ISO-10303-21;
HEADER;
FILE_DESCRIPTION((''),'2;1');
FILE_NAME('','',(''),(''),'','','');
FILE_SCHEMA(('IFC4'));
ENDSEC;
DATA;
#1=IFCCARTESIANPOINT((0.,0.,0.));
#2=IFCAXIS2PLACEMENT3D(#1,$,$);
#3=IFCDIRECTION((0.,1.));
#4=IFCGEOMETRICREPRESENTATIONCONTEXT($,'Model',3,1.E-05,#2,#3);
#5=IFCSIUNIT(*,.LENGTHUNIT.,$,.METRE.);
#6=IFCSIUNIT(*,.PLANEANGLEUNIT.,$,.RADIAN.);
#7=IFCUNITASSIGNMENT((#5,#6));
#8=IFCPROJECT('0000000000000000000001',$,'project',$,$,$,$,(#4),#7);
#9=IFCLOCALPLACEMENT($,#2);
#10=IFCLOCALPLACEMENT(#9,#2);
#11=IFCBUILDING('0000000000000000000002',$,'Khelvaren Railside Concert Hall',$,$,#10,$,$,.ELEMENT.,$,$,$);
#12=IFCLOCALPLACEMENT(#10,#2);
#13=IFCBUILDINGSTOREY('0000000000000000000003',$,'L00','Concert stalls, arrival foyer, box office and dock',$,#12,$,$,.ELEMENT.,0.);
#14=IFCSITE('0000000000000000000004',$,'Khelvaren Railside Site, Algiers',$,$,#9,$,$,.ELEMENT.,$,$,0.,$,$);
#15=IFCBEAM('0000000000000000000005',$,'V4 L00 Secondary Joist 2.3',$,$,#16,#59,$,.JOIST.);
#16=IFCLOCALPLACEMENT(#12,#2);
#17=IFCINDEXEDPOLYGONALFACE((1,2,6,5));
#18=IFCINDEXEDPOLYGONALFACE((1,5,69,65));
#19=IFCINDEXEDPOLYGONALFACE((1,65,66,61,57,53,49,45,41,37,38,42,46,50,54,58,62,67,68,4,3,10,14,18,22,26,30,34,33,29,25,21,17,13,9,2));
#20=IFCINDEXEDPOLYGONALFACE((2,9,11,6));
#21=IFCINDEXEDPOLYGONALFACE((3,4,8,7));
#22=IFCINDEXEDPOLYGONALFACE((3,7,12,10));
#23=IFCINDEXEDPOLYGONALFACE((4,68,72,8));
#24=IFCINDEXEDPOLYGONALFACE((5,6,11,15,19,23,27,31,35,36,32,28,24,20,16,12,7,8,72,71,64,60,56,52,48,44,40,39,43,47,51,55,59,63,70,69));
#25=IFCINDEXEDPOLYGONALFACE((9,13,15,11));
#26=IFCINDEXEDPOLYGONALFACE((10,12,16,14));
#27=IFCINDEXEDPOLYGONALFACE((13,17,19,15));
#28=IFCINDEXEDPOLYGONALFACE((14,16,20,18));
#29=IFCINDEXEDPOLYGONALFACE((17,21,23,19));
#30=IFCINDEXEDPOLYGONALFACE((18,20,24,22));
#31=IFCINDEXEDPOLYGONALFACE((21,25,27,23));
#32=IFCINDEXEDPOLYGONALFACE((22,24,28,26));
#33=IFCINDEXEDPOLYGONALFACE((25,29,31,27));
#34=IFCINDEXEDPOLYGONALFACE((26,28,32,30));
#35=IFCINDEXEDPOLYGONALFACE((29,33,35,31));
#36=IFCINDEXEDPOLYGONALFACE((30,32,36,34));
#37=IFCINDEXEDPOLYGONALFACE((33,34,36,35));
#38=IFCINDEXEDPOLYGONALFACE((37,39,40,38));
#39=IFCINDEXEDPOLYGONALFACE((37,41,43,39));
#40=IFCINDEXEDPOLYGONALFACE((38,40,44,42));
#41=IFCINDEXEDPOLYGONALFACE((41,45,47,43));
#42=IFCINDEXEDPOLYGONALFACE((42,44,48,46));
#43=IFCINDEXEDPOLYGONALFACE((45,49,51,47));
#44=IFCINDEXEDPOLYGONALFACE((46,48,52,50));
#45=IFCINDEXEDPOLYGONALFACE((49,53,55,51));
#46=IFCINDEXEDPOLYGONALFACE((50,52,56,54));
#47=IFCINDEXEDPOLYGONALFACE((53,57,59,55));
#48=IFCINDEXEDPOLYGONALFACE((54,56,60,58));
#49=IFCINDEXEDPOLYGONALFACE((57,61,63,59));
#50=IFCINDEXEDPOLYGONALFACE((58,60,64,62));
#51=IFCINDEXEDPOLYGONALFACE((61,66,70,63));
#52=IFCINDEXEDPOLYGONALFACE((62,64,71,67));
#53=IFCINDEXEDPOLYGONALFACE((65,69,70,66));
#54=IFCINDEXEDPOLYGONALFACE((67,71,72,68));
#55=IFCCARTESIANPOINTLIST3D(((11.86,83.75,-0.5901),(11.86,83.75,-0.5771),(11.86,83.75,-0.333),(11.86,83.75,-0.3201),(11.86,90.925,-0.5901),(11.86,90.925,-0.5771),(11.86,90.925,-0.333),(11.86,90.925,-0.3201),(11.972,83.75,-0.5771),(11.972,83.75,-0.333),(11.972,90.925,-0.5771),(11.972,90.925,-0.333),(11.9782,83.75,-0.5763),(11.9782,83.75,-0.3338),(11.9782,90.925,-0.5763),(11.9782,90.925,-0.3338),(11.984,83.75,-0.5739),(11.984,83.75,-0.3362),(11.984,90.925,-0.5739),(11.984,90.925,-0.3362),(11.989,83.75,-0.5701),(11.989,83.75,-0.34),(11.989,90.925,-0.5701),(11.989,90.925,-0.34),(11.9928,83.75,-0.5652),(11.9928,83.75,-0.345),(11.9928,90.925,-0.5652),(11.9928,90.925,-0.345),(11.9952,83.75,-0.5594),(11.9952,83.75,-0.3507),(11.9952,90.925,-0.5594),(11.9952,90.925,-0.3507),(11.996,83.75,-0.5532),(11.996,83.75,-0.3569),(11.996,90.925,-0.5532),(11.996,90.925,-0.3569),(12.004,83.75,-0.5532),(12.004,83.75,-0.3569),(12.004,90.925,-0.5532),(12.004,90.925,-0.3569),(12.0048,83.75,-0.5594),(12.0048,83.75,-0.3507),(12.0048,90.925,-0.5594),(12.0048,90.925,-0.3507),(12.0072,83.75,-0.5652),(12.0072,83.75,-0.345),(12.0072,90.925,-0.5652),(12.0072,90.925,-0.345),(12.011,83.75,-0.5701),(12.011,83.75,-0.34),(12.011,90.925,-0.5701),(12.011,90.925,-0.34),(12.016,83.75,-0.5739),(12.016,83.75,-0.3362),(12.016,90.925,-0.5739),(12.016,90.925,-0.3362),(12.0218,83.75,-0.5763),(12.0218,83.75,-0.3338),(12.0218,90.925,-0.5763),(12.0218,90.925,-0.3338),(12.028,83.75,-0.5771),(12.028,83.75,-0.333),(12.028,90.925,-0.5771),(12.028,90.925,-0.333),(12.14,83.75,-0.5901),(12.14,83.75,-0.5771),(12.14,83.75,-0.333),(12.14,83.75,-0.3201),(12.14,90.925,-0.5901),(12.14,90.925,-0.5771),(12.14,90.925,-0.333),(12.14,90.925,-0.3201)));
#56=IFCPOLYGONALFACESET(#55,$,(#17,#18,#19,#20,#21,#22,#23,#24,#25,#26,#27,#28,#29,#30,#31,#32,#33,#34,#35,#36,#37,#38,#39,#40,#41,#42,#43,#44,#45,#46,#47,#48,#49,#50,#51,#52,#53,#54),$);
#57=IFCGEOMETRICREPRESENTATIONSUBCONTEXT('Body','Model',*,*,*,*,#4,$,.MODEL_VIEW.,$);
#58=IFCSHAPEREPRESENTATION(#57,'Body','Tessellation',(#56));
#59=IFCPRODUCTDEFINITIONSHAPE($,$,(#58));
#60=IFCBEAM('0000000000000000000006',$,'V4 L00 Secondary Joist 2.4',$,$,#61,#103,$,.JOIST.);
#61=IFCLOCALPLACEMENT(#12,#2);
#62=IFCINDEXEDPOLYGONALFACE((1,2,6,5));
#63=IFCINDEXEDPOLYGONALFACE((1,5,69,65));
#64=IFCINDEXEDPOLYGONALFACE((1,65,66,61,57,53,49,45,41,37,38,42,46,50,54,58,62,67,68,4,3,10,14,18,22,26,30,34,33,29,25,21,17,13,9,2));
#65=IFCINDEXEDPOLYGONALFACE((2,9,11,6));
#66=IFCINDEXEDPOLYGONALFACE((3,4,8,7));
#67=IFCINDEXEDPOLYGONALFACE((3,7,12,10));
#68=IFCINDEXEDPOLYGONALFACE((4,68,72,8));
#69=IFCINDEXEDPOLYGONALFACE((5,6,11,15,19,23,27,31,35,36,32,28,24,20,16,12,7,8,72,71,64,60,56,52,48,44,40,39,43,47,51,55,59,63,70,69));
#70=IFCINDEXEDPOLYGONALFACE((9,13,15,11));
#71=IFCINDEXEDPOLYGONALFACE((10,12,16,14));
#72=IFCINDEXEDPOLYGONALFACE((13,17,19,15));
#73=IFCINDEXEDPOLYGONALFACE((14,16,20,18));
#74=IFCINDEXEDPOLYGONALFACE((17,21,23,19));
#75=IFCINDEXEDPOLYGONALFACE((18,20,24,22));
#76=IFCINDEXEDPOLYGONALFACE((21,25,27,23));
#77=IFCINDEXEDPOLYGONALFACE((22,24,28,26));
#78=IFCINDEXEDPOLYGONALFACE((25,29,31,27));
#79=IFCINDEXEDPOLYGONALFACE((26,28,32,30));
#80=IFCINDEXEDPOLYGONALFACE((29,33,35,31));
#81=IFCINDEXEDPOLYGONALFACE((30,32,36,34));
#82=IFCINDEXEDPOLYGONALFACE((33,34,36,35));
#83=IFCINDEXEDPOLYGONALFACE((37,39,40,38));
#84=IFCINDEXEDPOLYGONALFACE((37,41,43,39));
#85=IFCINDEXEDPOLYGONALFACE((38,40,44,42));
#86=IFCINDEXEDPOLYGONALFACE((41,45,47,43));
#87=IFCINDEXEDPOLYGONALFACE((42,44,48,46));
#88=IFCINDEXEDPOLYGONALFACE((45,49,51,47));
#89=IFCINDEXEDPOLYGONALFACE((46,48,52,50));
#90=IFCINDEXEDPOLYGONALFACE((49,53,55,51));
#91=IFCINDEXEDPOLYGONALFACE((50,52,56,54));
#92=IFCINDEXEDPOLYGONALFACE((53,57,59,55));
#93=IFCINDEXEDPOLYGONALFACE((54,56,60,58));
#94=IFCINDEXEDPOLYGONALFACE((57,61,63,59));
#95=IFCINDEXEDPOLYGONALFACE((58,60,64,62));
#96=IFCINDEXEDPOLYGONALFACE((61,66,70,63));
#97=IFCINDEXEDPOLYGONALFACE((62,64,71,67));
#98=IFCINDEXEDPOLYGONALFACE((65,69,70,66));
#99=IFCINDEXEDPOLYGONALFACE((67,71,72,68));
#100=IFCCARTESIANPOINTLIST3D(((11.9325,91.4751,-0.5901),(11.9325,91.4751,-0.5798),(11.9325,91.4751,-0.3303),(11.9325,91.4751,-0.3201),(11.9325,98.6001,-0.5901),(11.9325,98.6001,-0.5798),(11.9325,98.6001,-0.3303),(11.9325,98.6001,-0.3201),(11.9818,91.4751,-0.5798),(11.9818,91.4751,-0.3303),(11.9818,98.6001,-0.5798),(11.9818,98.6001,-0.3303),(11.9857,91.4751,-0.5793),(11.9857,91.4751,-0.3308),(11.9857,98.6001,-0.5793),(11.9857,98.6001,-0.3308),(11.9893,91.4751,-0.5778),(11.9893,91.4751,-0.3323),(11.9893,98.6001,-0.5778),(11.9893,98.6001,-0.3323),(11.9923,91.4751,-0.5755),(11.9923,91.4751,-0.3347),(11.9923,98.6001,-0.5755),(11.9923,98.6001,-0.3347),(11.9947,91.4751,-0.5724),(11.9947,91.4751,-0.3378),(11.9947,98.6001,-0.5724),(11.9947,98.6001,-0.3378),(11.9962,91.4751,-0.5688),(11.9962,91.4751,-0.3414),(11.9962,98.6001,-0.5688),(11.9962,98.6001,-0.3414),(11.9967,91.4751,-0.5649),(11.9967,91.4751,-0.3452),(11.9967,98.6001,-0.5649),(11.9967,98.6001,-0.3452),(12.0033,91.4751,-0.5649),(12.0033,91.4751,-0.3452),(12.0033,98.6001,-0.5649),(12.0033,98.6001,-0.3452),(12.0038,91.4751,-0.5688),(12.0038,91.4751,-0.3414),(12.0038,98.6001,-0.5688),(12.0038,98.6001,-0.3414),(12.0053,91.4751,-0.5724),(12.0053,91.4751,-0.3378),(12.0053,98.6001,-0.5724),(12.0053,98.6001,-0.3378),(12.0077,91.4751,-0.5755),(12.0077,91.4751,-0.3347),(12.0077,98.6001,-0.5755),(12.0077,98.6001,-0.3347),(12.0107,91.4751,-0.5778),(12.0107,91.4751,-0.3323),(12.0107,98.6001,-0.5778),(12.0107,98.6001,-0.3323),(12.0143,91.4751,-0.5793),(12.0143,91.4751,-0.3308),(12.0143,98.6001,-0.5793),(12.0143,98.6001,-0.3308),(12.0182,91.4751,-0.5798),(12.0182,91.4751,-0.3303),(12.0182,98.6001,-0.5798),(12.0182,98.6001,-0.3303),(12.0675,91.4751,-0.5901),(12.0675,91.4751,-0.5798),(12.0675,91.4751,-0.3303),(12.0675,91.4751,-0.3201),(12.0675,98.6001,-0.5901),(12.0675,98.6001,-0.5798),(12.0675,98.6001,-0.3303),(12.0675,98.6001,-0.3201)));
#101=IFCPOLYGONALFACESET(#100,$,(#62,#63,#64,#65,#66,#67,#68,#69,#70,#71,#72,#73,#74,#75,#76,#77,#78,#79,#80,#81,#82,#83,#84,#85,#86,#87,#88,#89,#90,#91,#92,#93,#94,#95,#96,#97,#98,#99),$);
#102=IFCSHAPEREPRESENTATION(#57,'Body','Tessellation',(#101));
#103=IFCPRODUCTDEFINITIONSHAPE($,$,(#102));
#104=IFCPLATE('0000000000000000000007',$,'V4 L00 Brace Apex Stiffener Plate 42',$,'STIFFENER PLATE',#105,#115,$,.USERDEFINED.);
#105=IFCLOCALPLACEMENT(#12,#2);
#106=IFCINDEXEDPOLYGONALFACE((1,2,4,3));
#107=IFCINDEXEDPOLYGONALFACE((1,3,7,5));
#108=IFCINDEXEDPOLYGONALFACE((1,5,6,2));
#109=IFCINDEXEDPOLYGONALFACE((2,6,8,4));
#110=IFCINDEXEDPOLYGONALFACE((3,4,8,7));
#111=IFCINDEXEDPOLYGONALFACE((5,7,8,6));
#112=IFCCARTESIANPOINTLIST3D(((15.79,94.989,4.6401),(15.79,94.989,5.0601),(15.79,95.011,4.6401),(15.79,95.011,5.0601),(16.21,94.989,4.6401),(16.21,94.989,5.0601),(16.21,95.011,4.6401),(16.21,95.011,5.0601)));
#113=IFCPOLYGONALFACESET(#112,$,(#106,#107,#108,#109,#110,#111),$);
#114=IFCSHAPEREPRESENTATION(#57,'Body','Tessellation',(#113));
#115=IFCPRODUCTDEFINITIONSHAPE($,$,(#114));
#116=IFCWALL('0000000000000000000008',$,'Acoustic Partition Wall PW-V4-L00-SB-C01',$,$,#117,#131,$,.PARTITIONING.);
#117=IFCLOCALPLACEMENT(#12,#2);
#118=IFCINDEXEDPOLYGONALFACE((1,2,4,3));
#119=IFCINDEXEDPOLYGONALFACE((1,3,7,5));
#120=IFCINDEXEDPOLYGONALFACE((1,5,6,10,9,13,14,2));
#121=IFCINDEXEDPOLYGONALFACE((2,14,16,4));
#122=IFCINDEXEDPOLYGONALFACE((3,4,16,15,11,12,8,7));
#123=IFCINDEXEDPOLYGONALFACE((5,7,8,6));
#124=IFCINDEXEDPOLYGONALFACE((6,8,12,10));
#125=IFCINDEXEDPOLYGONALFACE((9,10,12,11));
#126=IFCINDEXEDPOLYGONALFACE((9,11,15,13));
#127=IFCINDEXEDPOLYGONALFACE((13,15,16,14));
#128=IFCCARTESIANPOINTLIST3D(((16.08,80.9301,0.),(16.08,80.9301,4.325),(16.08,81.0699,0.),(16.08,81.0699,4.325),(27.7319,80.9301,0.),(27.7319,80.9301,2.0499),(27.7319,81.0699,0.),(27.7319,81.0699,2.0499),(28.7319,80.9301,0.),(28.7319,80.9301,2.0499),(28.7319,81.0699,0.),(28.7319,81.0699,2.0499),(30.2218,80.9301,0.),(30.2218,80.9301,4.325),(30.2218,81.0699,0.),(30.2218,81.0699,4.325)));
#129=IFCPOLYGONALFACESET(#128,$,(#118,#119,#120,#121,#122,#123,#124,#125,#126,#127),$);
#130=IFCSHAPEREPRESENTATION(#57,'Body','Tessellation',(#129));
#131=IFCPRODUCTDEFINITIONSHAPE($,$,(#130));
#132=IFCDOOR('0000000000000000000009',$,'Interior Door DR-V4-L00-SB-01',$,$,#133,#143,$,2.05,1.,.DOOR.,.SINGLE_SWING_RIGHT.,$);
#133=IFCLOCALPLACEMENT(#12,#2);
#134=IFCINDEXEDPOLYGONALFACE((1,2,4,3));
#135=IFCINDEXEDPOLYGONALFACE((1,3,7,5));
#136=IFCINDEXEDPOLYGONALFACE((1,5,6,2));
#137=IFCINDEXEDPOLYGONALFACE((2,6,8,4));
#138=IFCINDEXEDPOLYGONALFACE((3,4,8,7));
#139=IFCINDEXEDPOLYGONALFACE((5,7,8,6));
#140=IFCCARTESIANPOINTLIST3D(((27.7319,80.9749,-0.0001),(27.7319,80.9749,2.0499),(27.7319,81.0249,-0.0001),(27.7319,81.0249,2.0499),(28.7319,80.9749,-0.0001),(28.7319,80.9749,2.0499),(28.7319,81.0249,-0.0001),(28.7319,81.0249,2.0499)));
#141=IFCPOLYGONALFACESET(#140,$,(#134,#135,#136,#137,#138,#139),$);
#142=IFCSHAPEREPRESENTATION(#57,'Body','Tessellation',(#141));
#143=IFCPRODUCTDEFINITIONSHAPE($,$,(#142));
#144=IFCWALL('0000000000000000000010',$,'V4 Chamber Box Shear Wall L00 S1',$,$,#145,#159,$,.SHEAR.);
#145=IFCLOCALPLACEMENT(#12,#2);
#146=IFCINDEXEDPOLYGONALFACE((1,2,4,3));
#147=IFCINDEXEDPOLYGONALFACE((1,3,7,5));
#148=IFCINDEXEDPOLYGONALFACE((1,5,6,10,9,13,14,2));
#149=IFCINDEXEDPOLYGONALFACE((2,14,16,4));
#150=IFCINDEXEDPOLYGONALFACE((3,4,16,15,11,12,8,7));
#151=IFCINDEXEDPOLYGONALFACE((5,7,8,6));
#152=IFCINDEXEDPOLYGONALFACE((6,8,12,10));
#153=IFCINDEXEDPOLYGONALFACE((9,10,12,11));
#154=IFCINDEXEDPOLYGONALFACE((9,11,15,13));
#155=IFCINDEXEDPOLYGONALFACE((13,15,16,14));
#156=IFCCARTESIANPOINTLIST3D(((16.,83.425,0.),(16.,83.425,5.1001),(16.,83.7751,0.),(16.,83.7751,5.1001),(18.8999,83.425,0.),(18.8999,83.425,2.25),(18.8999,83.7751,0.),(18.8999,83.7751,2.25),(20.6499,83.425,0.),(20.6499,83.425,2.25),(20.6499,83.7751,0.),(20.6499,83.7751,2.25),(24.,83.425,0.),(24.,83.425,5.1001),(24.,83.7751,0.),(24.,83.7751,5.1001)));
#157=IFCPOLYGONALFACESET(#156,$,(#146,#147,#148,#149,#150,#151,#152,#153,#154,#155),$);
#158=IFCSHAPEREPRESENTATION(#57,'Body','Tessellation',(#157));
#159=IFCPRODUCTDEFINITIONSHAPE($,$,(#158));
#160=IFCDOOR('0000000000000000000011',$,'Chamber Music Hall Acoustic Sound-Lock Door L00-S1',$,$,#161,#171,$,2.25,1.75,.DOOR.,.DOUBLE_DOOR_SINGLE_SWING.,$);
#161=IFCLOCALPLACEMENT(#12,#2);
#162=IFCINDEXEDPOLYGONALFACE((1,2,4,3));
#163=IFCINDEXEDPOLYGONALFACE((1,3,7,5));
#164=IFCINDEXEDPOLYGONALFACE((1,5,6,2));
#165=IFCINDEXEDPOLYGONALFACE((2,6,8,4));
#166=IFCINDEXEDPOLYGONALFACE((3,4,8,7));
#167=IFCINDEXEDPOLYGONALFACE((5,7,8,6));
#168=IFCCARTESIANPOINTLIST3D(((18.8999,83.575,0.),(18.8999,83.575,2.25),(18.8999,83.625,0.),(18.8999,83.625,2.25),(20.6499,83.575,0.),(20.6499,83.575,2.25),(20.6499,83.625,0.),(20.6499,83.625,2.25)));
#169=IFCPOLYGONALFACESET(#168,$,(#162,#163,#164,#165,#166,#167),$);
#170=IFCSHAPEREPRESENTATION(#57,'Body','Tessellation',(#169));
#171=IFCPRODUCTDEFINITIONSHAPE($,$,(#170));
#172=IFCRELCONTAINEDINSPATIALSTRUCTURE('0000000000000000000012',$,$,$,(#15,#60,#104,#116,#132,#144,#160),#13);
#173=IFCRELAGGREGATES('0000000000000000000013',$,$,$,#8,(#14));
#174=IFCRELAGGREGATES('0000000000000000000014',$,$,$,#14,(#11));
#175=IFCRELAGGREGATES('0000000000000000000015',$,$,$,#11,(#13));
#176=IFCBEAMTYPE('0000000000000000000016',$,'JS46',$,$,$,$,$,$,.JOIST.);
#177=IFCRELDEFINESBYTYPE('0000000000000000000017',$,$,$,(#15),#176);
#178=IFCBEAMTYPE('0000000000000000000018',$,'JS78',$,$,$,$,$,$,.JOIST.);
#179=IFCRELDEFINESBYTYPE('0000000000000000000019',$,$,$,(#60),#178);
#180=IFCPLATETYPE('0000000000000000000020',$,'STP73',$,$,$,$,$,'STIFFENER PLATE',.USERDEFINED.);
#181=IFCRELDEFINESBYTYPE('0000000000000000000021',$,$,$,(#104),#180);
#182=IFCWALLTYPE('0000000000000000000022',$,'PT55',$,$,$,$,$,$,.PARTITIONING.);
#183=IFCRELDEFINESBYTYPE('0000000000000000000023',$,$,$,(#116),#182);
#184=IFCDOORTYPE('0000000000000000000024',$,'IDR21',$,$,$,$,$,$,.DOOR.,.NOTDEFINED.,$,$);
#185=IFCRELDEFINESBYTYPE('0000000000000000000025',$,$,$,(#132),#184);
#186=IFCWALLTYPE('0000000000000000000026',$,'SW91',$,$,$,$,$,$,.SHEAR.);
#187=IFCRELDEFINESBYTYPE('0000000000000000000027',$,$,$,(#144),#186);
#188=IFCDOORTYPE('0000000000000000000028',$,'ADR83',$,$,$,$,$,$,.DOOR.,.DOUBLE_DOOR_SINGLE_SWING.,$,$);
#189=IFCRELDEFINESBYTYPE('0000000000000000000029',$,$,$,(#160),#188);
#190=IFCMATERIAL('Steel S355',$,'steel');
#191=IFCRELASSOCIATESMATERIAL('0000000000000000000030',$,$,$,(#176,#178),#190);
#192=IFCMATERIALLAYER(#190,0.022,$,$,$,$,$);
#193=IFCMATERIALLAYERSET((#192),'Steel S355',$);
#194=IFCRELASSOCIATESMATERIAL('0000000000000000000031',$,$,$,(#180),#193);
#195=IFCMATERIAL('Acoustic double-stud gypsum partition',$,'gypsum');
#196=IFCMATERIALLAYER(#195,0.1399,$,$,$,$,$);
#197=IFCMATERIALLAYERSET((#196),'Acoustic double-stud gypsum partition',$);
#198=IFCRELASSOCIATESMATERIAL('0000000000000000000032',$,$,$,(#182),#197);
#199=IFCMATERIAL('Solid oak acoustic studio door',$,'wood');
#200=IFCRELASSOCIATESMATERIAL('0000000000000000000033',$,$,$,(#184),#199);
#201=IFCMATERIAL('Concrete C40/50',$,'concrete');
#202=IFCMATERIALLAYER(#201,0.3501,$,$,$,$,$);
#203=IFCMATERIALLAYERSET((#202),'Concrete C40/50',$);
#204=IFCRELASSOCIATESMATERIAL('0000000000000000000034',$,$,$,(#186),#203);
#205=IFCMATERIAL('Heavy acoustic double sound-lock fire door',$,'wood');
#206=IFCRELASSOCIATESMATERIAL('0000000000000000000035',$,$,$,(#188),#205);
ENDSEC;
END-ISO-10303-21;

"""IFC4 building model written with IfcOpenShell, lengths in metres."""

from ifc_helpers import new_model, si_unit, direction, frame, frame_2d, origin, origin_2d, place, context, subcontext, project, spatial, rectangle, i_section, extrude, material, layer, layer_set, material_profile, profile_set, type_object, element, fill, save


model = new_model("IFC4")

# Units and contexts
model_context = context("Model", 3, precision=1e-05, world=origin(), true_north=direction((0.0, 1.0)))
body_context = subcontext(model_context, "Body", "Model", "MODEL_VIEW")
ifc_project = project(units=[si_unit("LENGTHUNIT", "METRE"), si_unit("PLANEANGLEUNIT", "RADIAN")], contexts=[model_context])

# Site, building, storey
site_placement = place(None, origin())
site = spatial("IfcSite", under=ifc_project, at=site_placement, Name="Khelvaren Railside Site, Algiers", CompositionType="ELEMENT", RefElevation=0.0)
building_placement = place(site_placement, origin())
building = spatial("IfcBuilding", under=site, at=building_placement, Name="Khelvaren Railside Concert Hall", CompositionType="ELEMENT")
storey_placement = place(building_placement, origin())
storey = spatial("IfcBuildingStorey", under=building, at=storey_placement, Name="L00", Description="Concert stalls, arrival foyer, box office and dock", CompositionType="ELEMENT", Elevation=0.0)

# Shared definitions
ifc_material_1 = material(Name="Concrete C40/50", Category="concrete")

# Shared definitions
ifc_material_2 = material(Name="Steel S355", Category="steel")

# Beams
ifc_material_profile_1 = material_profile(ifc_material_2, i_section(OverallWidth=0.28, OverallDepth=0.27, WebThickness=0.0081, FlangeThickness=0.0129, FilletRadius=0.0239, at=origin_2d()), Name="HEA 280")
ifc_profile_set_1 = profile_set([ifc_material_profile_1], Name="Steel S355")
beam_type_1 = type_object("IfcBeamType", Name="JS46", PredefinedType="JOIST", material=ifc_profile_set_1)
beam_1_placement = place(storey_placement, frame((12.0, 83.75, -0.4551), z_axis=(0.0, 1.0, 0.0), x_axis=(-1.0, 0.0, 0.0)))
element("IfcBeam", 1, at=beam_1_placement, inside=storey, type_object=beam_type_1, Name="V4 L00 Secondary Joist 2.3", PredefinedType="JOIST", context=body_context, shape_type="SweptSolid", body=[
    extrude(i_section(OverallWidth=0.28, OverallDepth=0.27, WebThickness=0.0081, FlangeThickness=0.0129, FilletRadius=0.0239, at=origin_2d()), origin(), (0.0, 0.0, 1.0), 7.175),
])
ifc_material_profile_2 = material_profile(ifc_material_2, i_section(OverallWidth=0.135, OverallDepth=0.27, WebThickness=0.0066, FlangeThickness=0.0103, FilletRadius=0.0149, at=origin_2d()), Name="IPE 270")
ifc_profile_set_2 = profile_set([ifc_material_profile_2], Name="Steel S355")
beam_type_2 = type_object("IfcBeamType", Name="JS78", PredefinedType="JOIST", material=ifc_profile_set_2)
beam_2_placement = place(storey_placement, frame((12.0, 91.4751, -0.4551), z_axis=(0.0, 1.0, 0.0), x_axis=(-1.0, 0.0, 0.0)))
element("IfcBeam", 2, at=beam_2_placement, inside=storey, type_object=beam_type_2, Name="V4 L00 Secondary Joist 2.4", PredefinedType="JOIST", context=body_context, shape_type="SweptSolid", body=[
    extrude(i_section(OverallWidth=0.135, OverallDepth=0.27, WebThickness=0.0066, FlangeThickness=0.0103, FilletRadius=0.0149, at=origin_2d()), origin(), (0.0, 0.0, 1.0), 7.125),
])

# Plate
ifc_layer_1 = layer(ifc_material_2, 0.022)
ifc_layer_set_1 = layer_set([ifc_layer_1], Name="Steel S355")
plate_type = type_object("IfcPlateType", Name="STP73", ElementType="STIFFENER PLATE", PredefinedType="USERDEFINED", material=ifc_layer_set_1)
plate_placement = place(storey_placement, frame((16.0, 95.0, 4.6401), z_axis=(0.0, 0.0, 1.0), x_axis=(1.0, 0.0, 0.0)))
element("IfcPlate", 3, at=plate_placement, inside=storey, type_object=plate_type, Name="V4 L00 Brace Apex Stiffener Plate 42", ObjectType="STIFFENER PLATE", PredefinedType="USERDEFINED", context=body_context, shape_type="SweptSolid", body=[
    extrude(rectangle(XDim=0.4199, YDim=0.022, at=origin_2d()), origin(), (0.0, 0.0, 1.0), 0.4199),
])

# Walls, openings, doors
ifc_material_3 = material(Name="Acoustic double-stud gypsum partition", Category="gypsum")
ifc_layer_2 = layer(ifc_material_3, 0.1399)
ifc_layer_set_2 = layer_set([ifc_layer_2], Name="Acoustic double-stud gypsum partition")
wall_type_1 = type_object("IfcWallType", Name="PT55", PredefinedType="PARTITIONING", material=ifc_layer_set_2)
wall_1_placement = place(storey_placement, frame((16.0801, 81.0, 0.0), z_axis=(0.0, 0.0, 1.0), x_axis=(1.0, 0.0, 0.0)))
wall_1 = element("IfcWall", 4, at=wall_1_placement, inside=storey, type_object=wall_type_1, Name="Acoustic Partition Wall PW-V4-L00-SB-C01", PredefinedType="PARTITIONING", context=body_context, shape_type="SweptSolid", body=[
    extrude(rectangle(XDim=14.1418, YDim=0.1399, at=frame_2d((7.0708, 0.0))), origin(), (0.0, 0.0, 1.0), 4.325),
])
opening_1_placement = place(wall_1_placement, frame((11.6519, 0.0, 0.0)))
opening_1 = element("IfcOpeningElement", 5, at=opening_1_placement, cuts=wall_1, PredefinedType="OPENING", context=body_context, shape_type="SweptSolid", body=[
    extrude(rectangle(XDim=1.0, YDim=2.05, at=frame_2d((0.5, 1.0249))), frame((0.0, 0.0798, 0.0), z_axis=(0.0, -1.0, 0.0), x_axis=(1.0, 0.0, 0.0)), (0.0, 0.0, 1.0), 0.1599),
])
ifc_material_4 = material(Name="Solid oak acoustic studio door", Category="wood")
door_type_1 = type_object("IfcDoorType", Name="IDR21", OperationType="NOTDEFINED", PredefinedType="DOOR", material=ifc_material_4)
door_1_placement = place(opening_1_placement, origin())
door_1 = element("IfcDoor", 6, at=door_1_placement, inside=storey, type_object=door_type_1, Name="Interior Door DR-V4-L00-SB-01", OperationType="SINGLE_SWING_RIGHT", OverallHeight=2.05, OverallWidth=1.0, PredefinedType="DOOR", context=body_context, shape_type="SweptSolid", body=[
    extrude(rectangle(XDim=1.0, YDim=2.05, at=frame_2d((0.5, 1.0249))), frame((0.0, 0.0249, 0.0), z_axis=(0.0, -1.0, 0.0), x_axis=(1.0, 0.0, 0.0)), (0.0, 0.0, 1.0), 0.05),
])
fill(opening_1, door_1)
ifc_layer_3 = layer(ifc_material_1, 0.3501)
ifc_layer_set_3 = layer_set([ifc_layer_3], Name="Concrete C40/50")
wall_type_2 = type_object("IfcWallType", Name="SW91", PredefinedType="SHEAR", material=ifc_layer_set_3)
wall_2_placement = place(storey_placement, frame((16.0, 83.6001, 0.0), z_axis=(0.0, 0.0, 1.0), x_axis=(1.0, 0.0, 0.0)))
wall_2 = element("IfcWall", 7, at=wall_2_placement, inside=storey, type_object=wall_type_2, Name="V4 Chamber Box Shear Wall L00 S1", PredefinedType="SHEAR", context=body_context, shape_type="SweptSolid", body=[
    extrude(rectangle(XDim=8.0, YDim=0.3501, at=frame_2d((4.0, 0.0))), origin(), (0.0, 0.0, 1.0), 5.1001),
])
opening_2_placement = place(wall_2_placement, frame((2.8999, 0.0, 0.0)))
opening_2 = element("IfcOpeningElement", 8, at=opening_2_placement, cuts=wall_2, PredefinedType="OPENING", context=body_context, shape_type="SweptSolid", body=[
    extrude(rectangle(XDim=1.75, YDim=2.25, at=frame_2d((0.875, 1.125))), frame((0.0, 0.1851, 0.0), z_axis=(0.0, -1.0, 0.0), x_axis=(1.0, 0.0, 0.0)), (0.0, 0.0, 1.0), 0.3701),
])
ifc_material_5 = material(Name="Heavy acoustic double sound-lock fire door", Category="wood")
door_type_2 = type_object("IfcDoorType", Name="ADR83", OperationType="DOUBLE_DOOR_SINGLE_SWING", PredefinedType="DOOR", material=ifc_material_5)
door_2_placement = place(opening_2_placement, origin())
door_2 = element("IfcDoor", 9, at=door_2_placement, inside=storey, type_object=door_type_2, Name="Chamber Music Hall Acoustic Sound-Lock Door L00-S1", OperationType="DOUBLE_DOOR_SINGLE_SWING", OverallHeight=2.25, OverallWidth=1.75, PredefinedType="DOOR", context=body_context, shape_type="SweptSolid", body=[
    extrude(rectangle(XDim=1.75, YDim=2.25, at=frame_2d((0.875, 1.125))), frame((0.0, 0.0249, 0.0), z_axis=(0.0, -1.0, 0.0), x_axis=(1.0, 0.0, 0.0)), (0.0, 0.0, 1.0), 0.05),
])
fill(opening_2, door_2)

save(model, "model.ifc")
